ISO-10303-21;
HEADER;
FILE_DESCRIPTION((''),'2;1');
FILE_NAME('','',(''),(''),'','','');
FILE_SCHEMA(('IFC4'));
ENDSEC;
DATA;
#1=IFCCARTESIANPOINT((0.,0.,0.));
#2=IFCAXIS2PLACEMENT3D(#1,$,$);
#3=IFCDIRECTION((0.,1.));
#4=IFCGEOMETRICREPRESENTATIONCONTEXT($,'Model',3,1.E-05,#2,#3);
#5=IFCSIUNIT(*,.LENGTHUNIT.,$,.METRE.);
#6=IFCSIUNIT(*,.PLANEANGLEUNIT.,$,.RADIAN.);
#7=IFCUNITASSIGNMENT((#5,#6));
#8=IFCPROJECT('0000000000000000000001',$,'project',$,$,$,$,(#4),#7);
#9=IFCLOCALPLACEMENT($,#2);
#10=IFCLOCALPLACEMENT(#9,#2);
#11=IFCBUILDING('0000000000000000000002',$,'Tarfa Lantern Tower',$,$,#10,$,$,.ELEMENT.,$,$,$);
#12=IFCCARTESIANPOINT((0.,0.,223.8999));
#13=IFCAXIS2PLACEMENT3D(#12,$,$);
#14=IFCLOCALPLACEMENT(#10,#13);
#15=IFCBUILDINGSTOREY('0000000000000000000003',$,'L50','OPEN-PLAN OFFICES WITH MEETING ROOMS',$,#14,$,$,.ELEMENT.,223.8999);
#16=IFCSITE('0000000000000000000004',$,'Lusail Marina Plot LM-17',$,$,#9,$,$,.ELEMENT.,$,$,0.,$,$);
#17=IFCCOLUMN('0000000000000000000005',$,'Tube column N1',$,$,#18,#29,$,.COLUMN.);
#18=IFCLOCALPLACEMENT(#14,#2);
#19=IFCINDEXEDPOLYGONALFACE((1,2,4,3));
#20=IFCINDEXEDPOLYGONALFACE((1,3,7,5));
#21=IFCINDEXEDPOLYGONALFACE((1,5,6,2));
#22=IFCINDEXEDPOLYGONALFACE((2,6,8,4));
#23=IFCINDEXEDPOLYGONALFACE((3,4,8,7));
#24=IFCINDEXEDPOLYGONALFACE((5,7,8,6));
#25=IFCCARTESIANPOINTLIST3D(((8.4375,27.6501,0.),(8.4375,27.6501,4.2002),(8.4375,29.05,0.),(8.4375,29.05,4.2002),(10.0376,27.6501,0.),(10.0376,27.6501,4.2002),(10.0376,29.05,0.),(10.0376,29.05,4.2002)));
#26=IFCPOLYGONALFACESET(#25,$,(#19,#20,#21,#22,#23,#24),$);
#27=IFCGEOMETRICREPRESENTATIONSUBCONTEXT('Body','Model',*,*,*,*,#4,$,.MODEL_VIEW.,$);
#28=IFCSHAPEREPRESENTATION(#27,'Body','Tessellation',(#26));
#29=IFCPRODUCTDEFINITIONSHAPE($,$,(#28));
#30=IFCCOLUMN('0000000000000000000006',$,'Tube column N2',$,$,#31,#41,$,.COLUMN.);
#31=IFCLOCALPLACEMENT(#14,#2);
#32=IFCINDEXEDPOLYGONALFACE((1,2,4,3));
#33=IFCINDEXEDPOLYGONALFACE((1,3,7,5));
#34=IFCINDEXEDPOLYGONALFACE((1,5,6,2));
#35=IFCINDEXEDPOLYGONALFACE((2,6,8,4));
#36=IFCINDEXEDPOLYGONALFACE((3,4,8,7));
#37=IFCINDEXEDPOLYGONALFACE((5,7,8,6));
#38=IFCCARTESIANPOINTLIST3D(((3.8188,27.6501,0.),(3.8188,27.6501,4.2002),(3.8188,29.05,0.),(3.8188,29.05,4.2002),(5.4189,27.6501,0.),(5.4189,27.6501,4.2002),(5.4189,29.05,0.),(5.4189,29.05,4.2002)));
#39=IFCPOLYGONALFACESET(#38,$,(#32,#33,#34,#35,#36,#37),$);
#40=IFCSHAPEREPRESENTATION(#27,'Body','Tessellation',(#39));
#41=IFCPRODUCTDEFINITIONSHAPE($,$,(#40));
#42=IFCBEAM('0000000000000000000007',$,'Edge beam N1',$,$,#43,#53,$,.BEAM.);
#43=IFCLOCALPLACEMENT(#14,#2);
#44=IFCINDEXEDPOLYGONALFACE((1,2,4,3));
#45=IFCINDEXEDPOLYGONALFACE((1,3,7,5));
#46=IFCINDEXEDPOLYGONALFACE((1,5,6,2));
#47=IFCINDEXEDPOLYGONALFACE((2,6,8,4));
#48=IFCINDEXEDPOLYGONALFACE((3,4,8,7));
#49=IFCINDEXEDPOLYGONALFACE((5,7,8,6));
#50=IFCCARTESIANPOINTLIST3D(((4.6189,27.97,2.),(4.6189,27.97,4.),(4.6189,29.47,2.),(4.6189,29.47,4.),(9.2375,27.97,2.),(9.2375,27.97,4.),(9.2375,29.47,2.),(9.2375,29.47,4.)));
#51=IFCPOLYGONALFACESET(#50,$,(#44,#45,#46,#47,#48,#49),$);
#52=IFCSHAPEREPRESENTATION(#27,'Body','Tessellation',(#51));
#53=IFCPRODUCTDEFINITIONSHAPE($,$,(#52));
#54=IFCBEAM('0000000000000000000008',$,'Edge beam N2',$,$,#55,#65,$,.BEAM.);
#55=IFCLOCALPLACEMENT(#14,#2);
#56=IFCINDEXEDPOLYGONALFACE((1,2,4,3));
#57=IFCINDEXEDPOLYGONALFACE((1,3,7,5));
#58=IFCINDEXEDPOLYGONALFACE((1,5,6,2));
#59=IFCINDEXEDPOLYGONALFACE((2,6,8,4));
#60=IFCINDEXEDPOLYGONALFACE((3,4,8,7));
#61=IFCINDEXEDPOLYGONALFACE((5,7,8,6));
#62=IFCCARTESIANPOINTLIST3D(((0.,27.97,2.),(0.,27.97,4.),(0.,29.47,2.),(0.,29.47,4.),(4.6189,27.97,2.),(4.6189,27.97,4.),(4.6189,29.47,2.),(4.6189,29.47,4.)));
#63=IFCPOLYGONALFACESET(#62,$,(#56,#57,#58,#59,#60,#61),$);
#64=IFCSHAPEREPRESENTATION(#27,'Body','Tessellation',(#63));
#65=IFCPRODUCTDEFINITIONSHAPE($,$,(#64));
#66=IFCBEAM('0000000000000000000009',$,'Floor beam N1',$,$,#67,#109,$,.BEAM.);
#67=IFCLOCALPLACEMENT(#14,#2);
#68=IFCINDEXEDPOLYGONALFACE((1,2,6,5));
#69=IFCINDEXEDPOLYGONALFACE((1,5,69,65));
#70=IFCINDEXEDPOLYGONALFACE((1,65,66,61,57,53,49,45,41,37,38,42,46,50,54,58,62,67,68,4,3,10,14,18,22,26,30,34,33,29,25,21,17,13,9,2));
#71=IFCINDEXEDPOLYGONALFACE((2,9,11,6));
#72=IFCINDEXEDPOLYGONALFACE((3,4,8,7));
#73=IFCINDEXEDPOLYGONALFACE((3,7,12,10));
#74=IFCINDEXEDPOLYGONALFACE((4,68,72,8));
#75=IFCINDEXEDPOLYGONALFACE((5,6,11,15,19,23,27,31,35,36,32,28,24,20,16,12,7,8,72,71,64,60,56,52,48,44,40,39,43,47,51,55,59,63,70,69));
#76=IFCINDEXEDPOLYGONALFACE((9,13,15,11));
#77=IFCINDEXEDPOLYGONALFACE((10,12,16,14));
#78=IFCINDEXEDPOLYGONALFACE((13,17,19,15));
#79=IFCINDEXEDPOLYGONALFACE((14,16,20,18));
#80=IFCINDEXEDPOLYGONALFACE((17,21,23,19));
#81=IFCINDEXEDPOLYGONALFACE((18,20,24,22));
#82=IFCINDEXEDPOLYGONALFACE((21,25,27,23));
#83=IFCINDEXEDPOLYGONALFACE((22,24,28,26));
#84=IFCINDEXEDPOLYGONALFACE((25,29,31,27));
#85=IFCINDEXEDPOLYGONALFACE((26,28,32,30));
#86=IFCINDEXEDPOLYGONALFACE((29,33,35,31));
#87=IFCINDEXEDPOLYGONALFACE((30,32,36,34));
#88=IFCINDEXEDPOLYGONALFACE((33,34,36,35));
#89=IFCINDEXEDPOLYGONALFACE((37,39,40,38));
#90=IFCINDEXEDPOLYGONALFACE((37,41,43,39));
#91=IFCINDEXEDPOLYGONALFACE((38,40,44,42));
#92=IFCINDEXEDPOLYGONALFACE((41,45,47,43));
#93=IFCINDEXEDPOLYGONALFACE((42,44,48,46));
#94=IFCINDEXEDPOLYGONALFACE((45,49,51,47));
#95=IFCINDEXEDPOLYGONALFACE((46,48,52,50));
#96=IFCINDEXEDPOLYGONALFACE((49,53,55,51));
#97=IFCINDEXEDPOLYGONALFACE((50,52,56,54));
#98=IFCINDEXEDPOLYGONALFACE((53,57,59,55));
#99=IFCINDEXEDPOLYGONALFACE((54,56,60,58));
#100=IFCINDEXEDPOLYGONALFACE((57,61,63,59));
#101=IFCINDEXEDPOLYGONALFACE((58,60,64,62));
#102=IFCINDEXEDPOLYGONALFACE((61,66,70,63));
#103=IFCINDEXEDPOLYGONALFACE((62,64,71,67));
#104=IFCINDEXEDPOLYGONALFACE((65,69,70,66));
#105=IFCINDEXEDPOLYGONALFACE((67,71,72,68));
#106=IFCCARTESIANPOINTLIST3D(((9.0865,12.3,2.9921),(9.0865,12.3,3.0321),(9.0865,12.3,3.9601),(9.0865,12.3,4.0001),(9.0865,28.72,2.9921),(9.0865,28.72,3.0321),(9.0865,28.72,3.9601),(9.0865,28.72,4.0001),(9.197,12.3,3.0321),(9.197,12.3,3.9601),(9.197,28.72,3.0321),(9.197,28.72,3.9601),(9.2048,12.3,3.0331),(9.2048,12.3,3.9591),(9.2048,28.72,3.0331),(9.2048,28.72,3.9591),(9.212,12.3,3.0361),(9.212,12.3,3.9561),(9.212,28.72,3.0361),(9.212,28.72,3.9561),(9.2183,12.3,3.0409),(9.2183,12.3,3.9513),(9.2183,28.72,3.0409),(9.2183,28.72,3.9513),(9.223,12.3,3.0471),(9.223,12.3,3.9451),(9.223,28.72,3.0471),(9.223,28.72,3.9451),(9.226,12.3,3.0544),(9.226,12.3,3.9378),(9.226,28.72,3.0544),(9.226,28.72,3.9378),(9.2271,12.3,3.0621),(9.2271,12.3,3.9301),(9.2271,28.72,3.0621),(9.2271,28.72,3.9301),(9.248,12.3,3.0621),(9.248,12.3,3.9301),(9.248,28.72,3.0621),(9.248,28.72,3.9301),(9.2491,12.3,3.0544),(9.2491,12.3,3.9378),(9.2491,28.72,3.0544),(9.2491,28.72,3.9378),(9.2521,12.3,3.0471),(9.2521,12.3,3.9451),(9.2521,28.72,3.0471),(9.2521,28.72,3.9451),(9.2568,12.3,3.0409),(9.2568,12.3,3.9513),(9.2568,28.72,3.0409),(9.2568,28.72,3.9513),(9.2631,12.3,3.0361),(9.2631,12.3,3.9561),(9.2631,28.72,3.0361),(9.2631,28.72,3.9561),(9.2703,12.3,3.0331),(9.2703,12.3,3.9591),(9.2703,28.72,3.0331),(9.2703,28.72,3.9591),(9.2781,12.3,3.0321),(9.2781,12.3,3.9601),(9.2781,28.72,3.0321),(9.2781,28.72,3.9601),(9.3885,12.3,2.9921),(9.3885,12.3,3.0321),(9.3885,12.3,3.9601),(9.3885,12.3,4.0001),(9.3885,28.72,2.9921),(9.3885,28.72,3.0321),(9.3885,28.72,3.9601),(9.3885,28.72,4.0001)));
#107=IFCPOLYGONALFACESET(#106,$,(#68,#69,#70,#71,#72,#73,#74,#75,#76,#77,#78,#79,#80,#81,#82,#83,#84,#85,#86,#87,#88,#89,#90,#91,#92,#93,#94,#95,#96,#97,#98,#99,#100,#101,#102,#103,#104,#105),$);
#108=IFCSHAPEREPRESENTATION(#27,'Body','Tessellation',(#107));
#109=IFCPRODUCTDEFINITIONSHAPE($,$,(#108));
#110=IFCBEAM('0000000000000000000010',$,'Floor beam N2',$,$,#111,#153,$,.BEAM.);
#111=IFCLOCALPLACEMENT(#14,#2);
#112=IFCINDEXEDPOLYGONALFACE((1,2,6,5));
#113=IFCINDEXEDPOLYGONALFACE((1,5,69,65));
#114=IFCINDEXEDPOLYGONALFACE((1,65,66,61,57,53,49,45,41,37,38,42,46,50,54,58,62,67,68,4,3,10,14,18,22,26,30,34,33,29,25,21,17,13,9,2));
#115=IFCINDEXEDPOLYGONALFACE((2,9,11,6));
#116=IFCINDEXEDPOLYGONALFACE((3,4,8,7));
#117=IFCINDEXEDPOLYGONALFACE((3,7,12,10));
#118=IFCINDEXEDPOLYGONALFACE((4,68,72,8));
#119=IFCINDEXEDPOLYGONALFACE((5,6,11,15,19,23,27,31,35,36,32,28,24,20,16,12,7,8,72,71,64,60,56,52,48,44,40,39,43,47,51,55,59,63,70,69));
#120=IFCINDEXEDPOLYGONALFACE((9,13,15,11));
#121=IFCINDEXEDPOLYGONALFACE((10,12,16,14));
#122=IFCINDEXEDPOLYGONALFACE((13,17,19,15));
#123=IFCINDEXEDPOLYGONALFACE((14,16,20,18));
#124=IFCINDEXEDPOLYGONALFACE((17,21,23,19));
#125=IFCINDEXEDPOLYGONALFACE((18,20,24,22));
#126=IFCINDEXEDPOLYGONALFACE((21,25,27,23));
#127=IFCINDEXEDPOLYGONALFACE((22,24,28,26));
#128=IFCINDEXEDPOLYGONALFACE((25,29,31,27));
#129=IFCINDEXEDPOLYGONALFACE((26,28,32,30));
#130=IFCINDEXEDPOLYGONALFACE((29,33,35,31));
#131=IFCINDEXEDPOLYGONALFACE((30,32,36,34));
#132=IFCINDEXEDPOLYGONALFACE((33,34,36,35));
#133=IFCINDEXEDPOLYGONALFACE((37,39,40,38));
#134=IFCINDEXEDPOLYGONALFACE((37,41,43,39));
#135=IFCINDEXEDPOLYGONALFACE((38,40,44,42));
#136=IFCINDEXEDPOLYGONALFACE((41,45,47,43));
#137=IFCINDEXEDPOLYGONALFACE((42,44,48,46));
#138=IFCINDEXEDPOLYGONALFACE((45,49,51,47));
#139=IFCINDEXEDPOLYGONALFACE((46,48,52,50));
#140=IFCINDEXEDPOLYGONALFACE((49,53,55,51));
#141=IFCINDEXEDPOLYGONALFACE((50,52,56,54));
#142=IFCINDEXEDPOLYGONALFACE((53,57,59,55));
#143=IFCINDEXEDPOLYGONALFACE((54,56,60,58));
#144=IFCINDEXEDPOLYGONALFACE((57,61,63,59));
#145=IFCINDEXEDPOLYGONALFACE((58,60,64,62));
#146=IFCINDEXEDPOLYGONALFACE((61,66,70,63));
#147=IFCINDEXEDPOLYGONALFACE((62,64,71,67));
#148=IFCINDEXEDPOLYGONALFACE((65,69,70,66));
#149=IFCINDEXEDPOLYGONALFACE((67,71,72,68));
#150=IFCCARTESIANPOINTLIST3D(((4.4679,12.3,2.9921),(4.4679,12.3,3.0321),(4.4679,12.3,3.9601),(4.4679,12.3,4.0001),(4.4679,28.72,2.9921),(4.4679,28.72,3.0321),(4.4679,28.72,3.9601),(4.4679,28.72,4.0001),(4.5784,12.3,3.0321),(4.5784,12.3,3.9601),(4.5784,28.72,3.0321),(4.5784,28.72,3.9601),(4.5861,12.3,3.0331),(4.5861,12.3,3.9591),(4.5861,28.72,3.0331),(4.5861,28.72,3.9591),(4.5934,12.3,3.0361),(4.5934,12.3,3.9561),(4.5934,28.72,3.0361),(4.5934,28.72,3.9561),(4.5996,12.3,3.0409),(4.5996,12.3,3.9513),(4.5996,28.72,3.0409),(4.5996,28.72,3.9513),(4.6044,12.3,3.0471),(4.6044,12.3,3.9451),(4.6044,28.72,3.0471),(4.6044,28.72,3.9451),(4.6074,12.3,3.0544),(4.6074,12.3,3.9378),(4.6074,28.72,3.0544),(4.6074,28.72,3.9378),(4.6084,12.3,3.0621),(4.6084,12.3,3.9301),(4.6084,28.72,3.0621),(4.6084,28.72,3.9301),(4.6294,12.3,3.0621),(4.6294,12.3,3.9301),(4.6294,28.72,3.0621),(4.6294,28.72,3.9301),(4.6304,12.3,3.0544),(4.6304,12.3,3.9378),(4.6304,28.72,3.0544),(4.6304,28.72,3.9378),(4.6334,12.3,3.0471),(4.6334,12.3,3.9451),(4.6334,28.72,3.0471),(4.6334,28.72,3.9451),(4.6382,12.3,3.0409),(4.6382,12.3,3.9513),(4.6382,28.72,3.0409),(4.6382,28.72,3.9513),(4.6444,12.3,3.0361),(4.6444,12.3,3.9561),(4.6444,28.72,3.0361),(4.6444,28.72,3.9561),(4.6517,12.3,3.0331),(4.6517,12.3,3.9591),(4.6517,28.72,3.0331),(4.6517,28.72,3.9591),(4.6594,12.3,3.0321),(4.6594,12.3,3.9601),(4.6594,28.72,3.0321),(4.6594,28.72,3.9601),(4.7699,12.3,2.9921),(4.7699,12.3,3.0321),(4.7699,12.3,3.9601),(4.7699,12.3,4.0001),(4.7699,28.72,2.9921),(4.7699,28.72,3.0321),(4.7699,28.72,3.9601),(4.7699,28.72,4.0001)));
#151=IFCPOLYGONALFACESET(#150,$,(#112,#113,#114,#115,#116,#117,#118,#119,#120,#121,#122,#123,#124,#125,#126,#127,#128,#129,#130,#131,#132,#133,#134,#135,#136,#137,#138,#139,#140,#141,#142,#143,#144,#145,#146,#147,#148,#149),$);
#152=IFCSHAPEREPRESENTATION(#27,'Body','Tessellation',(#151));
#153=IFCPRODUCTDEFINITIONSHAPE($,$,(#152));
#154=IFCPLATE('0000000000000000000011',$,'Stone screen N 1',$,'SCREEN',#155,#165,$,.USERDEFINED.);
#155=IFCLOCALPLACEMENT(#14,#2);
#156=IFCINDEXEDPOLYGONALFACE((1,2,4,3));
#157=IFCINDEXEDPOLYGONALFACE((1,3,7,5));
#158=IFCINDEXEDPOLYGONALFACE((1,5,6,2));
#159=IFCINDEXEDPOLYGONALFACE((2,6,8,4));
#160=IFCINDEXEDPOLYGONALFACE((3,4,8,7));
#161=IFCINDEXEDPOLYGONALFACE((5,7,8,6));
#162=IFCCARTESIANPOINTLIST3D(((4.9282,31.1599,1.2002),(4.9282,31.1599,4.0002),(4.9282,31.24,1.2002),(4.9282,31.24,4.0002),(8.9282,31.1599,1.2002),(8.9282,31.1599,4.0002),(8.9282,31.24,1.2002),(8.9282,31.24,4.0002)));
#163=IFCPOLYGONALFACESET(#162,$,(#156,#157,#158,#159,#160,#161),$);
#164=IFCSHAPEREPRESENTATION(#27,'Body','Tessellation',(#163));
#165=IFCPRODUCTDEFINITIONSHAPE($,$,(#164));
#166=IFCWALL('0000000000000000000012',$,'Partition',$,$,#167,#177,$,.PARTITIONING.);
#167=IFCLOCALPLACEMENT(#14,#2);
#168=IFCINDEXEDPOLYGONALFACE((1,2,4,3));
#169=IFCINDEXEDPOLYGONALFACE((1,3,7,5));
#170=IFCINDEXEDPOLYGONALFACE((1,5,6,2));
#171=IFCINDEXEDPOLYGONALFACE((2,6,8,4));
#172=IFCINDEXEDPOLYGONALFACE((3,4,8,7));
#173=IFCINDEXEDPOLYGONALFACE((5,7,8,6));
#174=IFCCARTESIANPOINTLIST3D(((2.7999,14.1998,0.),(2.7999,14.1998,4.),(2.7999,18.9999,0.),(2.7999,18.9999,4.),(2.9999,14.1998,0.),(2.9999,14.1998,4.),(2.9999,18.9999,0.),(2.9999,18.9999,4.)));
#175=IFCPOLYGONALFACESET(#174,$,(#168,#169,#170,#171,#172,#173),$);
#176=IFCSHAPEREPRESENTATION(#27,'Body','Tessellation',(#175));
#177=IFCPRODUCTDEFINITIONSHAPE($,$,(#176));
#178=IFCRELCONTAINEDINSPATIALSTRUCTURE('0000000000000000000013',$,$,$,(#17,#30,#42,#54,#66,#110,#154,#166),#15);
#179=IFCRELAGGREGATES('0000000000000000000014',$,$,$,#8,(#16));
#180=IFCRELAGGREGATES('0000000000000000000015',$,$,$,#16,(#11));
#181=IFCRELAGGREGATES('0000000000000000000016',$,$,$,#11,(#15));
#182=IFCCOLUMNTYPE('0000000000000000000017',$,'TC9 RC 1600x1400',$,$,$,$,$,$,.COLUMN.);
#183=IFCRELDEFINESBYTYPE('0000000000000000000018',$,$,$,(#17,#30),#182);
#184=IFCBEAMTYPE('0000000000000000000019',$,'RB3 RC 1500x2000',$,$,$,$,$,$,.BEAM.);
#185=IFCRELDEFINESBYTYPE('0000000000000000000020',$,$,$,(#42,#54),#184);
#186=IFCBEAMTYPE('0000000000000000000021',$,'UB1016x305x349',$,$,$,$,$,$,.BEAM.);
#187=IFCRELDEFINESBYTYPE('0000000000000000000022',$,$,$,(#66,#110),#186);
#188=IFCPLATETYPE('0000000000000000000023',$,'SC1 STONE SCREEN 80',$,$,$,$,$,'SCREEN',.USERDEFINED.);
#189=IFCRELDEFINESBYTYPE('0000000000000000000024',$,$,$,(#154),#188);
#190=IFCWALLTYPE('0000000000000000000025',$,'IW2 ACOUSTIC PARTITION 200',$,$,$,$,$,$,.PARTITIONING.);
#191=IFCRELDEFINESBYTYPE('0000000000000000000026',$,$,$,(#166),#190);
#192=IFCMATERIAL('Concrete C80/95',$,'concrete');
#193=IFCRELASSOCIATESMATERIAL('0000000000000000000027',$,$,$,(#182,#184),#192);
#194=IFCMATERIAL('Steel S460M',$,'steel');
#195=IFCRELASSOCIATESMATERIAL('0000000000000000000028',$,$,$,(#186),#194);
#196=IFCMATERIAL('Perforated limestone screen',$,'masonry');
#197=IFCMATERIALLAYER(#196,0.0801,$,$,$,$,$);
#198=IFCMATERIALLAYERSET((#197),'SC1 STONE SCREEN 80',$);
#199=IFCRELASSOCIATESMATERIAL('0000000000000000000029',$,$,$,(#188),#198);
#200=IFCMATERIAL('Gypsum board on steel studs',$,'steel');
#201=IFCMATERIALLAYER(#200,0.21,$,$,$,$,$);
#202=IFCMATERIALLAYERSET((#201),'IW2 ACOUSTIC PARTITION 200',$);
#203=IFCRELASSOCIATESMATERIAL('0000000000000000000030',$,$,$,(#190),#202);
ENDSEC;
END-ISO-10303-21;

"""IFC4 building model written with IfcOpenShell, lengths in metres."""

from ifc_helpers import new_model, si_unit, direction, frame, frame_2d, origin, origin_2d, place, context, subcontext, project, spatial, rectangle, i_section, extrude, material, layer, layer_set, material_profile, profile_set, type_object, element, save


model = new_model("IFC4")

# Units and contexts
model_context = context("Model", 3, precision=1e-05, world=origin(), true_north=direction((0.0, 1.0)))
body_context = subcontext(model_context, "Body", "Model", "MODEL_VIEW")
ifc_project = project(units=[si_unit("LENGTHUNIT", "METRE"), si_unit("PLANEANGLEUNIT", "RADIAN")], contexts=[model_context])

# Site, building, storey
site_placement = place(None, origin())
site = spatial("IfcSite", under=ifc_project, at=site_placement, Name="Lusail Marina Plot LM-17", CompositionType="ELEMENT", RefElevation=0.0)
building_placement = place(site_placement, origin())
building = spatial("IfcBuilding", under=site, at=building_placement, Name="Tarfa Lantern Tower", CompositionType="ELEMENT")
storey_placement = place(building_placement, frame((0.0, 0.0, 223.8999)))
storey = spatial("IfcBuildingStorey", under=building, at=storey_placement, Name="L50", Description="OPEN-PLAN OFFICES WITH MEETING ROOMS", CompositionType="ELEMENT", Elevation=223.8999)

# Columns
ifc_material_1 = material(Name="Concrete C80/95", Category="concrete")
ifc_material_profile_1 = material_profile(ifc_material_1, rectangle(XDim=1.6001, YDim=1.3999, at=origin_2d()), Name="RC 1600x1400")
ifc_profile_set_1 = profile_set([ifc_material_profile_1], Name="Concrete C80/95")
column_type = type_object("IfcColumnType", Name="TC9 RC 1600x1400", PredefinedType="COLUMN", material=ifc_profile_set_1)
for number, where, z_axis, x_axis, name in (
    (1, (9.2375, 28.3501, 0.0), (0.0, 0.0, 1.0), (-1.0, 0.0, 0.0), "Tube column N1"),
    (2, (4.6189, 28.3501, 0.0), (0.0, 0.0, 1.0), (-1.0, 0.0, 0.0), "Tube column N2"),
):
    element("IfcColumn", number, at=place(storey_placement, frame(where, z_axis=z_axis, x_axis=x_axis)), inside=storey, type_object=column_type, Name=name, PredefinedType="COLUMN", context=body_context, shape_type="SweptSolid", body=[
        extrude(rectangle(XDim=1.6001, YDim=1.3999, at=origin_2d()), origin(), (0.0, 0.0, 1.0), 4.2002),
    ])

# Beams
ifc_material_profile_2 = material_profile(ifc_material_1, rectangle(XDim=1.5, YDim=2.0, at=origin_2d()), Name="RC 1500x2000")
ifc_profile_set_2 = profile_set([ifc_material_profile_2], Name="Concrete C80/95")
beam_type_1 = type_object("IfcBeamType", Name="RB3 RC 1500x2000", PredefinedType="BEAM", material=ifc_profile_set_2)
beam_1_placement = place(storey_placement, frame((9.2375, 28.72, 3.0), z_axis=(-1.0, 0.0, 0.0), x_axis=(0.0, -1.0, 0.0)))
element("IfcBeam", 3, at=beam_1_placement, inside=storey, type_object=beam_type_1, Name="Edge beam N1", PredefinedType="BEAM", context=body_context, shape_type="SweptSolid", body=[
    extrude(rectangle(XDim=1.5, YDim=2.0, at=origin_2d()), origin(), (0.0, 0.0, 1.0), 4.6187),
])
beam_2_placement = place(storey_placement, frame((4.6189, 28.72, 3.0), z_axis=(-1.0, 0.0, 0.0), x_axis=(0.0, -1.0, 0.0)))
element("IfcBeam", 4, at=beam_2_placement, inside=storey, type_object=beam_type_1, Name="Edge beam N2", PredefinedType="BEAM", context=body_context, shape_type="SweptSolid", body=[
    extrude(rectangle(XDim=1.5, YDim=2.0, at=origin_2d()), origin(), (0.0, 0.0, 1.0), 4.6189),
])
ifc_material_2 = material(Name="Steel S460M", Category="steel")
ifc_material_profile_3 = material_profile(ifc_material_2, i_section(OverallWidth=0.302, OverallDepth=1.0081, WebThickness=0.021, FlangeThickness=0.04, FilletRadius=0.03, at=origin_2d()), Name="UB1016x305x349")
ifc_profile_set_3 = profile_set([ifc_material_profile_3], Name="Steel S460M")
beam_type_2 = type_object("IfcBeamType", Name="UB1016x305x349", PredefinedType="BEAM", material=ifc_profile_set_3)
for number, where, z_axis, x_axis, name in (
    (5, (9.2375, 28.72, 3.4961), (0.0, -1.0, 0.0), (1.0, 0.0, 0.0), "Floor beam N1"),
    (6, (4.6189, 28.72, 3.4961), (0.0, -1.0, 0.0), (1.0, 0.0, 0.0), "Floor beam N2"),
):
    element("IfcBeam", number, at=place(storey_placement, frame(where, z_axis=z_axis, x_axis=x_axis)), inside=storey, type_object=beam_type_2, Name=name, PredefinedType="BEAM", context=body_context, shape_type="SweptSolid", body=[
        extrude(i_section(OverallWidth=0.302, OverallDepth=1.0081, WebThickness=0.021, FlangeThickness=0.04, FilletRadius=0.03, at=origin_2d()), origin(), (0.0, 0.0, 1.0), 16.4199),
    ])

# Plate
ifc_material_3 = material(Name="Perforated limestone screen", Category="masonry")
ifc_layer_1 = layer(ifc_material_3, 0.0801)
ifc_layer_set_1 = layer_set([ifc_layer_1], Name="SC1 STONE SCREEN 80")
plate_type = type_object("IfcPlateType", Name="SC1 STONE SCREEN 80", ElementType="SCREEN", PredefinedType="USERDEFINED", material=ifc_layer_set_1)
plate_placement = place(storey_placement, frame((6.9282, 31.2, 1.2002), z_axis=(0.0, 0.0, 1.0), x_axis=(-1.0, 0.0, 0.0)))
element("IfcPlate", 7, at=plate_placement, inside=storey, type_object=plate_type, Name="Stone screen N 1", ObjectType="SCREEN", PredefinedType="USERDEFINED", context=body_context, shape_type="SweptSolid", body=[
    extrude(rectangle(XDim=4.0, YDim=0.0801, at=origin_2d()), origin(), (0.0, 0.0, 1.0), 2.8),
])

# Wall
ifc_material_4 = material(Name="Gypsum board on steel studs", Category="steel")
ifc_layer_2 = layer(ifc_material_4, 0.21)
ifc_layer_set_2 = layer_set([ifc_layer_2], Name="IW2 ACOUSTIC PARTITION 200")
wall_type = type_object("IfcWallType", Name="IW2 ACOUSTIC PARTITION 200", PredefinedType="PARTITIONING", material=ifc_layer_set_2)
wall_1_placement = place(storey_placement, frame((2.8999, 14.2, 0.0), z_axis=(0.0, 0.0, 1.0), x_axis=(0.0, 1.0, 0.0)))
element("IfcWall", 8, at=wall_1_placement, inside=storey, type_object=wall_type, Name="Partition", PredefinedType="PARTITIONING", context=body_context, shape_type="SweptSolid", body=[
    extrude(rectangle(XDim=4.8, YDim=0.2, at=frame_2d((2.3999, 0.0))), origin(), (0.0, 0.0, 1.0), 4.0),
])

save(model, "model.ifc")
